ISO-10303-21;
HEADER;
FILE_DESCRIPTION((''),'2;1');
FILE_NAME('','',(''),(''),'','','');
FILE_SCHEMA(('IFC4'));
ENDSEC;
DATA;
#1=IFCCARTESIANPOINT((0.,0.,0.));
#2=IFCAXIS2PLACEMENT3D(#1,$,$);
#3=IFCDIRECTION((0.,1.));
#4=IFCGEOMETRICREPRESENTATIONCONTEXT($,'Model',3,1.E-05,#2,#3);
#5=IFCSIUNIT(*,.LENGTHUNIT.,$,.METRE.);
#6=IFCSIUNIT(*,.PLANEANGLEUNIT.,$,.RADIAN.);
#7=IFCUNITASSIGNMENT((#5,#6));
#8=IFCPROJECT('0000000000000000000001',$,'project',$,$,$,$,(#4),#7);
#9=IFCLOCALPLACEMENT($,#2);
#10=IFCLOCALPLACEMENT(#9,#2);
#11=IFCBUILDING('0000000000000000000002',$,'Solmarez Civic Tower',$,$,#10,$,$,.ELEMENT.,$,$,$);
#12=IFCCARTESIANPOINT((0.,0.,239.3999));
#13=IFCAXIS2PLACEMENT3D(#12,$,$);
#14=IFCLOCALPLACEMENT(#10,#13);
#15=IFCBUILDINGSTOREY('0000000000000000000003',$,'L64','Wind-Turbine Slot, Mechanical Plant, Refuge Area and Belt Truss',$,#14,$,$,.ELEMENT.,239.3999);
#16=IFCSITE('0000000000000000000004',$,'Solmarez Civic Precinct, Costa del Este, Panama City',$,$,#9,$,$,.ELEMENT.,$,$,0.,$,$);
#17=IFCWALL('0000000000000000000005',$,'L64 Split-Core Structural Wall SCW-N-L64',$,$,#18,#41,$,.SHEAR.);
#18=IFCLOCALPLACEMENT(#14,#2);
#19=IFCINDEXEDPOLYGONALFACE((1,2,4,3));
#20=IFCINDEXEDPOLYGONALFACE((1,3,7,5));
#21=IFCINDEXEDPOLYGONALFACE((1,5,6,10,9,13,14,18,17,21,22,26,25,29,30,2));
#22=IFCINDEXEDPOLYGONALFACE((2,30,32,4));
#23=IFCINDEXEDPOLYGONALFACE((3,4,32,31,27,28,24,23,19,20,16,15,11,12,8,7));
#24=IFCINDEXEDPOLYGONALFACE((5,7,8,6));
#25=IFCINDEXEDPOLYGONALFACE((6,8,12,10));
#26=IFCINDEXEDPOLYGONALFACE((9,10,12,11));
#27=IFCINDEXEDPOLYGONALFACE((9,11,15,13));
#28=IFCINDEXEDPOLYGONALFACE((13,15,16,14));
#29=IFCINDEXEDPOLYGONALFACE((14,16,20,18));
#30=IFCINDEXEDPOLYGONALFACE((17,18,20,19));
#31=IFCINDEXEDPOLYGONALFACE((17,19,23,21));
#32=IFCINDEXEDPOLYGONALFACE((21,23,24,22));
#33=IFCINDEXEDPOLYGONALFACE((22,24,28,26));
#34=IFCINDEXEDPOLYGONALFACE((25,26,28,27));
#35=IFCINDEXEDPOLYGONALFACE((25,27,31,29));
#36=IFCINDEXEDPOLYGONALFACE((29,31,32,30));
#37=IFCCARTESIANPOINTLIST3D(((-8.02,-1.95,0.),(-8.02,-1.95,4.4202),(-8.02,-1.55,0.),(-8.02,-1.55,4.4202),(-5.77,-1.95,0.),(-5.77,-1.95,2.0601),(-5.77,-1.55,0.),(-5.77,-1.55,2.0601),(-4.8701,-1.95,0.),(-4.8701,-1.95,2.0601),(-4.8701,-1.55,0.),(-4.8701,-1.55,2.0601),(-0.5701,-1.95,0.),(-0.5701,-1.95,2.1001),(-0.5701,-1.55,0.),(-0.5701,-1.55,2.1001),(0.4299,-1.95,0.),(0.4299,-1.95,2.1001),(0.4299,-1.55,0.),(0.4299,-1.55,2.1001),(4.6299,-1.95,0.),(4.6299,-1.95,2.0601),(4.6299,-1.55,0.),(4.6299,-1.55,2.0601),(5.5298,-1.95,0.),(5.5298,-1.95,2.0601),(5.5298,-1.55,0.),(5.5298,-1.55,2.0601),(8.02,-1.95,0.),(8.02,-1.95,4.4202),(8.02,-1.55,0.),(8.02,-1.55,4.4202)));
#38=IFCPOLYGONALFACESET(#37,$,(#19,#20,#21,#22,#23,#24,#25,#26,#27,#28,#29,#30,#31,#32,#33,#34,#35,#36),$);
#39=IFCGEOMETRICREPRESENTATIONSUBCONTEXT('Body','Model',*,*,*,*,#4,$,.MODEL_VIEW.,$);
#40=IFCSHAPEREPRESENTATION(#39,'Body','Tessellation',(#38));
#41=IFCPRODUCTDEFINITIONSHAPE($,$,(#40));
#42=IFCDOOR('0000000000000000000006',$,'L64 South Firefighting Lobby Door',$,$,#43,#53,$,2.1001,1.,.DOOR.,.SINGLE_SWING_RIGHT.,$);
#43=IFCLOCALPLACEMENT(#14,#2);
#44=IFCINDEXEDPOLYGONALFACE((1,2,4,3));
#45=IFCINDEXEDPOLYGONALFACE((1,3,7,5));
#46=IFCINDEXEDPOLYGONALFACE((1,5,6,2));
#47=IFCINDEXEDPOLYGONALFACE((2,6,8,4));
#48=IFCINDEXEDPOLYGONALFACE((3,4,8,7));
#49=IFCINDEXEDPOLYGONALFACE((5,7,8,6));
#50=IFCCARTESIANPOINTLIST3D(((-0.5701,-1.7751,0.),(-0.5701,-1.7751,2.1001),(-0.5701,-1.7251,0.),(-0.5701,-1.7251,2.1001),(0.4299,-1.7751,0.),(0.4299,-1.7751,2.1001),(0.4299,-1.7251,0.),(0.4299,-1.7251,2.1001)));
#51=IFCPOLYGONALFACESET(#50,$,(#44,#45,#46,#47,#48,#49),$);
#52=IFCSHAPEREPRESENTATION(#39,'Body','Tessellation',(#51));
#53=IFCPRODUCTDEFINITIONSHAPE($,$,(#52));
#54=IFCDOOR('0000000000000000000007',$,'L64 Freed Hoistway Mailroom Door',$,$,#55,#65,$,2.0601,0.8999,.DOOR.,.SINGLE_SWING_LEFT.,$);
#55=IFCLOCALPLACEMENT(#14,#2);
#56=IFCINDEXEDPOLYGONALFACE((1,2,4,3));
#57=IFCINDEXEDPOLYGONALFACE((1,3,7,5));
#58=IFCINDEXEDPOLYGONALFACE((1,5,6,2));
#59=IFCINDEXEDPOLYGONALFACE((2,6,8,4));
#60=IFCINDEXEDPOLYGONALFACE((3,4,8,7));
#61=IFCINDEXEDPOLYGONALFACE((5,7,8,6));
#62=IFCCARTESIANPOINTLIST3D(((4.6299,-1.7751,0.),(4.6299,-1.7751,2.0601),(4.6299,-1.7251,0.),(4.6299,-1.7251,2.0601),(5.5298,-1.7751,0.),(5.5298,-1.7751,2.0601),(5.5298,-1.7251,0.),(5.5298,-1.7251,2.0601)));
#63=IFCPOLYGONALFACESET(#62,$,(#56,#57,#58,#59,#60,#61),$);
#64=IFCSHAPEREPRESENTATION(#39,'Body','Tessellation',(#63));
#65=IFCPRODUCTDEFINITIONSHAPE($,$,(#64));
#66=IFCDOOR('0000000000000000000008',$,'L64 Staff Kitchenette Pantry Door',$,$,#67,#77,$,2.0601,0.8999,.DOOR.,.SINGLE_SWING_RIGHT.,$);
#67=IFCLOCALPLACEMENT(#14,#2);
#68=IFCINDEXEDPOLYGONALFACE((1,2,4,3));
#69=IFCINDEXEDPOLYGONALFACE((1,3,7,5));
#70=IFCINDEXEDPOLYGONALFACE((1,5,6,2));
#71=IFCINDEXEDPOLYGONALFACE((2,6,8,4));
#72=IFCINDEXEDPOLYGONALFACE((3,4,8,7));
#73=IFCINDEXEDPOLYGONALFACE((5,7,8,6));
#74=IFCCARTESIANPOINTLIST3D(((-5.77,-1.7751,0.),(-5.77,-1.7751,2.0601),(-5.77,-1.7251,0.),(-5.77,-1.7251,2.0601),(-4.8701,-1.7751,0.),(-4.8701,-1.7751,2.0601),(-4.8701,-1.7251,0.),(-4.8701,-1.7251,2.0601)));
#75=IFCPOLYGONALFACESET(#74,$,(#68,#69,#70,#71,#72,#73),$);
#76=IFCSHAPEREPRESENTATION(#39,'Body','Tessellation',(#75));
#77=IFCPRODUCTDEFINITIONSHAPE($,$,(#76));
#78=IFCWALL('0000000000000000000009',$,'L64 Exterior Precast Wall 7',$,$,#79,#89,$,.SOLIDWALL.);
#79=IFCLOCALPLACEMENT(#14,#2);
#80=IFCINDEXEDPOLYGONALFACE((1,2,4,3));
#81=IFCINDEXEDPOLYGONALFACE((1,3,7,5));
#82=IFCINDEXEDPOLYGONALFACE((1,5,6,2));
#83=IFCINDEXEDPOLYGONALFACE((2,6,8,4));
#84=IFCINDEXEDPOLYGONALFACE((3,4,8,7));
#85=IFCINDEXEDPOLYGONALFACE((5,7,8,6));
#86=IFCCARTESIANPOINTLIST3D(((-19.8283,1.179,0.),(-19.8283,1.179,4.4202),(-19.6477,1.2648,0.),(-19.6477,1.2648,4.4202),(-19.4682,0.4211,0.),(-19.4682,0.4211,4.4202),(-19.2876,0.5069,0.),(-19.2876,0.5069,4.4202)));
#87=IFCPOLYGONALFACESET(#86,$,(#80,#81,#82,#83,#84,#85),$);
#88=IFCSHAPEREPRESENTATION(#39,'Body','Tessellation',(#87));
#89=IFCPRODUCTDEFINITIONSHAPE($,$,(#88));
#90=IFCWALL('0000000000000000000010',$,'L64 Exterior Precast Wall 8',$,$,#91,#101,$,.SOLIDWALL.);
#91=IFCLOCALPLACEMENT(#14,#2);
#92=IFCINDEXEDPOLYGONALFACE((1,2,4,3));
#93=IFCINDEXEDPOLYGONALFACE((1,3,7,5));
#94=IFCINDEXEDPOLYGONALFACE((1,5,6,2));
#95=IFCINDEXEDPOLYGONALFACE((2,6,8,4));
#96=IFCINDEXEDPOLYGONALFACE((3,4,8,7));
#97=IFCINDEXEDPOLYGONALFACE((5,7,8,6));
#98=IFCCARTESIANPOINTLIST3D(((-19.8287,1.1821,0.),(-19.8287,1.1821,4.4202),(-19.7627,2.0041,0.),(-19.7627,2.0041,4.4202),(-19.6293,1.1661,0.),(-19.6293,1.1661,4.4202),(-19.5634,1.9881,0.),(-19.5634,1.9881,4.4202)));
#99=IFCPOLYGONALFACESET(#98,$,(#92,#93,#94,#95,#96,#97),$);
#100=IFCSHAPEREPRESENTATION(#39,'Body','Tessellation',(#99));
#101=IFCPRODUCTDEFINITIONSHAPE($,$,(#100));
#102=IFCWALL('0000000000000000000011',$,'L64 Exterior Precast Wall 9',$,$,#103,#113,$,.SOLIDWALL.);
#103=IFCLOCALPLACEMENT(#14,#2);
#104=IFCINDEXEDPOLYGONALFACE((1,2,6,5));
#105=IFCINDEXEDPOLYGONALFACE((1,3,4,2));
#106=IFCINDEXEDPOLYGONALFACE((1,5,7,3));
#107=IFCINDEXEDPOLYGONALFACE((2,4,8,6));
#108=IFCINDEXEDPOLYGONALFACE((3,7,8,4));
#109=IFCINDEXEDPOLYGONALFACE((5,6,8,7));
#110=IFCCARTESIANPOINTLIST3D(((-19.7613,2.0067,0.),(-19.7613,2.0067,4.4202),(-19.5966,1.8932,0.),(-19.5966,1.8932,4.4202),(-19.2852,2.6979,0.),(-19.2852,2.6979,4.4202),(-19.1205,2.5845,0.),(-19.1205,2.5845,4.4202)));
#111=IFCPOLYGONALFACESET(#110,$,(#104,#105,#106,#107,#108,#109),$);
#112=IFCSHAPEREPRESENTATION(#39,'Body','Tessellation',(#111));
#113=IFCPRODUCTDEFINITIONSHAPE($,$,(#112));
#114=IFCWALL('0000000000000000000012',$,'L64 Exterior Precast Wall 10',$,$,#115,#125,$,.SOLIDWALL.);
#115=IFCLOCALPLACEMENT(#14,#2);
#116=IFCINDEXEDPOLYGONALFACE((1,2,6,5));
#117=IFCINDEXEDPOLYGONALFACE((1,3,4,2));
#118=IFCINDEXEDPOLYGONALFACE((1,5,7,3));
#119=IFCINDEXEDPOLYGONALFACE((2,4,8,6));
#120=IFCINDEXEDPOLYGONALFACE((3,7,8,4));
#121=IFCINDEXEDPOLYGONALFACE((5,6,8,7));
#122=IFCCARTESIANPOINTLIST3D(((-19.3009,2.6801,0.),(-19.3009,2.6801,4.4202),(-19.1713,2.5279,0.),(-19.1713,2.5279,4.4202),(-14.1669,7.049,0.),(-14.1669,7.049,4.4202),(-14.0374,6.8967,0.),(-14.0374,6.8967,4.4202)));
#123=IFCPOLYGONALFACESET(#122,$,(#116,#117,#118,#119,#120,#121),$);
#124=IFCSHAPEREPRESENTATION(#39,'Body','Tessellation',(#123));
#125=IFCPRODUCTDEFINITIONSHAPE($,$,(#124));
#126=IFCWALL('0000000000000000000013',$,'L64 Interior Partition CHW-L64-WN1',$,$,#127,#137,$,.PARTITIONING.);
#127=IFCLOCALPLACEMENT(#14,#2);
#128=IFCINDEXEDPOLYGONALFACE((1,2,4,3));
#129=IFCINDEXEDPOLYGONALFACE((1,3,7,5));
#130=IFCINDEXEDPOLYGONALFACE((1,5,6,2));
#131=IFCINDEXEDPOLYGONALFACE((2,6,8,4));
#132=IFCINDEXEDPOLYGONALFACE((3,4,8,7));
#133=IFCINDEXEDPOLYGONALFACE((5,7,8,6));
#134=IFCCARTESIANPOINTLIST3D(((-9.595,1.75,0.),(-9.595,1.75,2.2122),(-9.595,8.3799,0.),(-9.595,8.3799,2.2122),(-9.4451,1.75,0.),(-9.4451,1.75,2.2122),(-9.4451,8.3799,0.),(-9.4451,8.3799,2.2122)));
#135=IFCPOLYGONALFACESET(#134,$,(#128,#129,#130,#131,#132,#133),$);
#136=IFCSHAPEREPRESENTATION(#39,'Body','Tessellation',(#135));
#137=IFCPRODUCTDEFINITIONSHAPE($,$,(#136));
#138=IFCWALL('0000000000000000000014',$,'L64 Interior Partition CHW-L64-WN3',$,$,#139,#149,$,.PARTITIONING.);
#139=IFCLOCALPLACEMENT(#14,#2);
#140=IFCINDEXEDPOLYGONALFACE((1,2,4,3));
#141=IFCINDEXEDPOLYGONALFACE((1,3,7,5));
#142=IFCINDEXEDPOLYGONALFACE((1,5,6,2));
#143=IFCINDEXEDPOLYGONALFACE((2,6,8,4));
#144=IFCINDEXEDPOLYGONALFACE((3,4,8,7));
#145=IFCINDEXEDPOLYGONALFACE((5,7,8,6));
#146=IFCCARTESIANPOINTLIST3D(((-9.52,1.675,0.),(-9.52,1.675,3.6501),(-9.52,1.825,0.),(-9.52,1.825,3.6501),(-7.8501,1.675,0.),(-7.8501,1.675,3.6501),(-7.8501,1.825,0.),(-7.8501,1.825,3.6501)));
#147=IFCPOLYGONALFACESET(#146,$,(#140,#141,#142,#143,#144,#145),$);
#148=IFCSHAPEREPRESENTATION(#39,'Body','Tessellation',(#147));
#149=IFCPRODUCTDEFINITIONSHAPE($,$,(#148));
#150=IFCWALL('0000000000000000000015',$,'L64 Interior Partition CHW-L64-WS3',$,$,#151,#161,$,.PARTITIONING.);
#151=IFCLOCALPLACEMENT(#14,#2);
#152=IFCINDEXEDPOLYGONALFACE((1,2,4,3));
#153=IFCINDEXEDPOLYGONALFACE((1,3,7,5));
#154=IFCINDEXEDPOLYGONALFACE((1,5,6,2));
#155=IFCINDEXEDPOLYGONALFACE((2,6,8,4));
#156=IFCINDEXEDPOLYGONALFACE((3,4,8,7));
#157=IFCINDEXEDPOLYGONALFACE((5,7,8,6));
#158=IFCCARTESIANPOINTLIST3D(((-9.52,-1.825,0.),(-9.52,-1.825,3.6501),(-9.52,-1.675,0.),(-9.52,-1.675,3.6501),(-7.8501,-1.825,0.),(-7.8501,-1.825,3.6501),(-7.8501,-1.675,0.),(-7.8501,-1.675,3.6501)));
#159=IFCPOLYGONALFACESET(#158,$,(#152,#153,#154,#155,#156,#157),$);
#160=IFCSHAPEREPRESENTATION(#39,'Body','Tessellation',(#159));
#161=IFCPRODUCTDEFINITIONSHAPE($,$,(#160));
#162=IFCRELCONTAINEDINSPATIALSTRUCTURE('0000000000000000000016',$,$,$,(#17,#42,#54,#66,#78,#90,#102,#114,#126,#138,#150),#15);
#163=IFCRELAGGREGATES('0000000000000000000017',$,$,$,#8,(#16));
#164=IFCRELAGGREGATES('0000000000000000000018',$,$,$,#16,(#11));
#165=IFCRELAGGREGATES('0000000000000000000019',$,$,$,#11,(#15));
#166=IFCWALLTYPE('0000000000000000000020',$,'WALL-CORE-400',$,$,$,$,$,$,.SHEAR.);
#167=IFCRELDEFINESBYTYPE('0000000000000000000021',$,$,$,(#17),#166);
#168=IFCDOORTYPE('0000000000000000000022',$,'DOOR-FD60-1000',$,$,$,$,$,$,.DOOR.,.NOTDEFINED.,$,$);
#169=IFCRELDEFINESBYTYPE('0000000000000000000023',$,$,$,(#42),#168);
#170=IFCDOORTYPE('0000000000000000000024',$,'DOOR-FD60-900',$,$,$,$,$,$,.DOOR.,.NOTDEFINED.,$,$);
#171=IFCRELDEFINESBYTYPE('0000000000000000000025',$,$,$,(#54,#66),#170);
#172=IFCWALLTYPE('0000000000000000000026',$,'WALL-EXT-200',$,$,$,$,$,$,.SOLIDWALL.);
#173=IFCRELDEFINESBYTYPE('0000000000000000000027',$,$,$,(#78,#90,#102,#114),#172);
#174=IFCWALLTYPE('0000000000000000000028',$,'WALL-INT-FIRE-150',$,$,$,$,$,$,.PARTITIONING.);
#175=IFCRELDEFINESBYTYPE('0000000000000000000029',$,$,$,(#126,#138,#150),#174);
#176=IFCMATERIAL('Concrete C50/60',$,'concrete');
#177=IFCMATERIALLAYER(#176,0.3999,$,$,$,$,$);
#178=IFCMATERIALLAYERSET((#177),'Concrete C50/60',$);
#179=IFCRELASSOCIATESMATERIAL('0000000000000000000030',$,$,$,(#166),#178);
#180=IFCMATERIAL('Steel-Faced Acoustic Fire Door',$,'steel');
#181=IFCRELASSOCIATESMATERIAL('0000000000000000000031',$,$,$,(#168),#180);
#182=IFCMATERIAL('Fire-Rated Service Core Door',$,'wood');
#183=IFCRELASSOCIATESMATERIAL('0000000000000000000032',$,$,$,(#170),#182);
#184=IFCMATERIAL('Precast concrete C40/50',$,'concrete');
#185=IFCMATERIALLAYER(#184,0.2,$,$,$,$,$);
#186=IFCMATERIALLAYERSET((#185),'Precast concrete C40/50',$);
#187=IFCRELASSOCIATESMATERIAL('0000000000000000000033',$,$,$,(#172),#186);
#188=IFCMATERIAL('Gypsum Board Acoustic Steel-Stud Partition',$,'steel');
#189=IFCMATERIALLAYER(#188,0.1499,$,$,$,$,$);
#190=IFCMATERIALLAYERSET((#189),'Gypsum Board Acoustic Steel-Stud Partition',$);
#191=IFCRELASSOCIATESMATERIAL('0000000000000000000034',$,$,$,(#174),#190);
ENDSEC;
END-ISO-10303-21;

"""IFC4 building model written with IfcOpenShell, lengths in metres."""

from ifc_helpers import new_model, si_unit, direction, frame, frame_2d, origin, place, context, subcontext, project, spatial, rectangle, extrude, material, layer, layer_set, type_object, element, fill, save


model = new_model("IFC4")

# Units and contexts
model_context = context("Model", 3, precision=1e-05, world=origin(), true_north=direction((0.0, 1.0)))
body_context = subcontext(model_context, "Body", "Model", "MODEL_VIEW")
ifc_project = project(units=[si_unit("LENGTHUNIT", "METRE"), si_unit("PLANEANGLEUNIT", "RADIAN")], contexts=[model_context])

# Site, building, storey
site_placement = place(None, origin())
site = spatial("IfcSite", under=ifc_project, at=site_placement, Name="Solmarez Civic Precinct, Costa del Este, Panama City", CompositionType="ELEMENT", RefElevation=0.0)
building_placement = place(site_placement, origin())
building = spatial("IfcBuilding", under=site, at=building_placement, Name="Solmarez Civic Tower", CompositionType="ELEMENT")
storey_placement = place(building_placement, frame((0.0, 0.0, 239.3999)))
storey = spatial("IfcBuildingStorey", under=building, at=storey_placement, Name="L64", Description="Wind-Turbine Slot, Mechanical Plant, Refuge Area and Belt Truss", CompositionType="ELEMENT", Elevation=239.3999)

# Shared definitions
ifc_material_1 = material(Name="Concrete C50/60", Category="concrete")

# Shared definitions
ifc_layer_1 = layer(ifc_material_1, 0.3999)
ifc_layer_set_1 = layer_set([ifc_layer_1], Name="Concrete C50/60")
wall_type_1 = type_object("IfcWallType", Name="WALL-CORE-400", PredefinedType="SHEAR", material=ifc_layer_set_1)

# Wall, openings, doors
wall_1_placement = place(storey_placement, frame((-8.02, -1.75, 0.0), z_axis=(0.0, 0.0, 1.0), x_axis=(1.0, 0.0, 0.0)))
wall_1 = element("IfcWall", 1, at=wall_1_placement, inside=storey, type_object=wall_type_1, Name="L64 Split-Core Structural Wall SCW-N-L64", PredefinedType="SHEAR", context=body_context, shape_type="SweptSolid", body=[
    extrude(rectangle(XDim=16.04, YDim=0.3999, at=frame_2d((8.02, 0.0))), origin(), (0.0, 0.0, 1.0), 4.4202),
])
opening_1_placement = place(wall_1_placement, frame((7.45, 0.0, 0.0)))
opening_1 = element("IfcOpeningElement", 2, at=opening_1_placement, cuts=wall_1, PredefinedType="OPENING", context=body_context, shape_type="SweptSolid", body=[
    extrude(rectangle(XDim=1.0, YDim=2.1001, at=frame_2d((0.5, 1.05))), frame((0.0, 0.21, 0.0), z_axis=(0.0, -1.0, 0.0), x_axis=(1.0, 0.0, 0.0)), (0.0, 0.0, 1.0), 0.4199),
])
opening_2_placement = place(wall_1_placement, frame((12.6499, 0.0, 0.0)))
opening_2 = element("IfcOpeningElement", 3, at=opening_2_placement, cuts=wall_1, PredefinedType="OPENING", context=body_context, shape_type="SweptSolid", body=[
    extrude(rectangle(XDim=0.8999, YDim=2.0601, at=frame_2d((0.45, 1.03))), frame((0.0, 0.21, 0.0), z_axis=(0.0, -1.0, 0.0), x_axis=(1.0, 0.0, 0.0)), (0.0, 0.0, 1.0), 0.4199),
])
opening_3_placement = place(wall_1_placement, frame((2.25, 0.0, 0.0)))
opening_3 = element("IfcOpeningElement", 4, at=opening_3_placement, cuts=wall_1, PredefinedType="OPENING", context=body_context, shape_type="SweptSolid", body=[
    extrude(rectangle(XDim=0.8999, YDim=2.0601, at=frame_2d((0.45, 1.03))), frame((0.0, 0.21, 0.0), z_axis=(0.0, -1.0, 0.0), x_axis=(1.0, 0.0, 0.0)), (0.0, 0.0, 1.0), 0.4199),
])
ifc_material_2 = material(Name="Steel-Faced Acoustic Fire Door", Category="steel")
door_type_1 = type_object("IfcDoorType", Name="DOOR-FD60-1000", OperationType="NOTDEFINED", PredefinedType="DOOR", material=ifc_material_2)
door_1_placement = place(opening_1_placement, origin())
door_1 = element("IfcDoor", 5, at=door_1_placement, inside=storey, type_object=door_type_1, Name="L64 South Firefighting Lobby Door", OperationType="SINGLE_SWING_RIGHT", OverallHeight=2.1001, OverallWidth=1.0, PredefinedType="DOOR", context=body_context, shape_type="SweptSolid", body=[
    extrude(rectangle(XDim=1.0, YDim=2.1001, at=frame_2d((0.5, 1.05))), frame((0.0, 0.0249, 0.0), z_axis=(0.0, -1.0, 0.0), x_axis=(1.0, 0.0, 0.0)), (0.0, 0.0, 1.0), 0.05),
])
fill(opening_1, door_1)
ifc_material_3 = material(Name="Fire-Rated Service Core Door", Category="wood")
door_type_2 = type_object("IfcDoorType", Name="DOOR-FD60-900", OperationType="NOTDEFINED", PredefinedType="DOOR", material=ifc_material_3)
door_2_placement = place(opening_2_placement, origin())
door_2 = element("IfcDoor", 6, at=door_2_placement, inside=storey, type_object=door_type_2, Name="L64 Freed Hoistway Mailroom Door", OperationType="SINGLE_SWING_LEFT", OverallHeight=2.0601, OverallWidth=0.8999, PredefinedType="DOOR", context=body_context, shape_type="SweptSolid", body=[
    extrude(rectangle(XDim=0.8999, YDim=2.0601, at=frame_2d((0.45, 1.03))), frame((0.0, 0.0249, 0.0), z_axis=(0.0, -1.0, 0.0), x_axis=(1.0, 0.0, 0.0)), (0.0, 0.0, 1.0), 0.05),
])
fill(opening_2, door_2)
door_3_placement = place(opening_3_placement, origin())
door_3 = element("IfcDoor", 7, at=door_3_placement, inside=storey, type_object=door_type_2, Name="L64 Staff Kitchenette Pantry Door", OperationType="SINGLE_SWING_RIGHT", OverallHeight=2.0601, OverallWidth=0.8999, PredefinedType="DOOR", context=body_context, shape_type="SweptSolid", body=[
    extrude(rectangle(XDim=0.8999, YDim=2.0601, at=frame_2d((0.45, 1.03))), frame((0.0, 0.0249, 0.0), z_axis=(0.0, -1.0, 0.0), x_axis=(1.0, 0.0, 0.0)), (0.0, 0.0, 1.0), 0.05),
])
fill(opening_3, door_3)

# Walls
ifc_material_4 = material(Name="Precast concrete C40/50", Category="concrete")
ifc_layer_2 = layer(ifc_material_4, 0.2)
ifc_layer_set_2 = layer_set([ifc_layer_2], Name="Precast concrete C40/50")
wall_type_2 = type_object("IfcWallType", Name="WALL-EXT-200", PredefinedType="SOLIDWALL", material=ifc_layer_set_2)
wall_2_placement = place(storey_placement, frame((-19.3779, 0.4641, 0.0), z_axis=(0.0, 0.0, 1.0), x_axis=(-0.429199, 0.90321, 0.0)))
element("IfcWall", 8, at=wall_2_placement, inside=storey, type_object=wall_type_2, Name="L64 Exterior Precast Wall 7", PredefinedType="SOLIDWALL", context=body_context, shape_type="SweptSolid", body=[
    extrude(rectangle(XDim=0.8391, YDim=0.2, at=frame_2d((0.4194, 0.0))), origin(), (0.0, 0.0, 1.0), 4.4202),
])
wall_3_placement = place(storey_placement, frame((-19.729, 1.1741, 0.0), z_axis=(0.0, 0.0, 1.0), x_axis=(0.079933, 0.9968, 0.0)))
element("IfcWall", 9, at=wall_3_placement, inside=storey, type_object=wall_type_2, Name="L64 Exterior Precast Wall 8", PredefinedType="SOLIDWALL", context=body_context, shape_type="SweptSolid", body=[
    extrude(rectangle(XDim=0.8247, YDim=0.2, at=frame_2d((0.4124, 0.0))), origin(), (0.0, 0.0, 1.0), 4.4202),
])
wall_4_placement = place(storey_placement, frame((-19.679, 1.95, 0.0), z_axis=(0.0, 0.0, 1.0), x_axis=(0.567257, 0.823541, 0.0)))
element("IfcWall", 10, at=wall_4_placement, inside=storey, type_object=wall_type_2, Name="L64 Exterior Precast Wall 9", PredefinedType="SOLIDWALL", context=body_context, shape_type="SweptSolid", body=[
    extrude(rectangle(XDim=0.8394, YDim=0.2, at=frame_2d((0.4197, 0.0))), origin(), (0.0, 0.0, 1.0), 4.4202),
])
wall_5_placement = place(storey_placement, frame((-19.2361, 2.604, 0.0), z_axis=(0.0, 0.0, 1.0), x_axis=(0.761576, 0.648076, 0.0)))
element("IfcWall", 11, at=wall_5_placement, inside=storey, type_object=wall_type_2, Name="L64 Exterior Precast Wall 10", PredefinedType="SOLIDWALL", context=body_context, shape_type="SweptSolid", body=[
    extrude(rectangle(XDim=6.7412, YDim=0.2, at=frame_2d((3.3706, 0.0))), origin(), (0.0, 0.0, 1.0), 4.4202),
])
ifc_material_5 = material(Name="Gypsum Board Acoustic Steel-Stud Partition", Category="steel")
ifc_layer_3 = layer(ifc_material_5, 0.1499)
ifc_layer_set_3 = layer_set([ifc_layer_3], Name="Gypsum Board Acoustic Steel-Stud Partition")
wall_type_3 = type_object("IfcWallType", Name="WALL-INT-FIRE-150", PredefinedType="PARTITIONING", material=ifc_layer_set_3)
wall_6_placement = place(storey_placement, frame((-9.52, 1.75, 0.0), z_axis=(0.0, 0.0, 1.0), x_axis=(0.0, 1.0, 0.0)))
element("IfcWall", 12, at=wall_6_placement, inside=storey, type_object=wall_type_3, Name="L64 Interior Partition CHW-L64-WN1", PredefinedType="PARTITIONING", context=body_context, shape_type="SweptSolid", body=[
    extrude(rectangle(XDim=6.6299, YDim=0.1499, at=frame_2d((3.3149, 0.0))), origin(), (0.0, 0.0, 1.0), 2.2122),
])
for number, where, z_axis, x_axis, name in (
    (13, (-7.8501, 1.75, 0.0), (0.0, 0.0, 1.0), (-1.0, 0.0, 0.0), "L64 Interior Partition CHW-L64-WN3"),
    (14, (-7.8501, -1.75, 0.0), (0.0, 0.0, 1.0), (-1.0, 0.0, 0.0), "L64 Interior Partition CHW-L64-WS3"),
):
    element("IfcWall", number, at=place(storey_placement, frame(where, z_axis=z_axis, x_axis=x_axis)), inside=storey, type_object=wall_type_3, Name=name, PredefinedType="PARTITIONING", context=body_context, shape_type="SweptSolid", body=[
        extrude(rectangle(XDim=1.6699, YDim=0.1499, at=frame_2d((0.835, 0.0))), origin(), (0.0, 0.0, 1.0), 3.6501),
    ])

save(model, "model.ifc")
